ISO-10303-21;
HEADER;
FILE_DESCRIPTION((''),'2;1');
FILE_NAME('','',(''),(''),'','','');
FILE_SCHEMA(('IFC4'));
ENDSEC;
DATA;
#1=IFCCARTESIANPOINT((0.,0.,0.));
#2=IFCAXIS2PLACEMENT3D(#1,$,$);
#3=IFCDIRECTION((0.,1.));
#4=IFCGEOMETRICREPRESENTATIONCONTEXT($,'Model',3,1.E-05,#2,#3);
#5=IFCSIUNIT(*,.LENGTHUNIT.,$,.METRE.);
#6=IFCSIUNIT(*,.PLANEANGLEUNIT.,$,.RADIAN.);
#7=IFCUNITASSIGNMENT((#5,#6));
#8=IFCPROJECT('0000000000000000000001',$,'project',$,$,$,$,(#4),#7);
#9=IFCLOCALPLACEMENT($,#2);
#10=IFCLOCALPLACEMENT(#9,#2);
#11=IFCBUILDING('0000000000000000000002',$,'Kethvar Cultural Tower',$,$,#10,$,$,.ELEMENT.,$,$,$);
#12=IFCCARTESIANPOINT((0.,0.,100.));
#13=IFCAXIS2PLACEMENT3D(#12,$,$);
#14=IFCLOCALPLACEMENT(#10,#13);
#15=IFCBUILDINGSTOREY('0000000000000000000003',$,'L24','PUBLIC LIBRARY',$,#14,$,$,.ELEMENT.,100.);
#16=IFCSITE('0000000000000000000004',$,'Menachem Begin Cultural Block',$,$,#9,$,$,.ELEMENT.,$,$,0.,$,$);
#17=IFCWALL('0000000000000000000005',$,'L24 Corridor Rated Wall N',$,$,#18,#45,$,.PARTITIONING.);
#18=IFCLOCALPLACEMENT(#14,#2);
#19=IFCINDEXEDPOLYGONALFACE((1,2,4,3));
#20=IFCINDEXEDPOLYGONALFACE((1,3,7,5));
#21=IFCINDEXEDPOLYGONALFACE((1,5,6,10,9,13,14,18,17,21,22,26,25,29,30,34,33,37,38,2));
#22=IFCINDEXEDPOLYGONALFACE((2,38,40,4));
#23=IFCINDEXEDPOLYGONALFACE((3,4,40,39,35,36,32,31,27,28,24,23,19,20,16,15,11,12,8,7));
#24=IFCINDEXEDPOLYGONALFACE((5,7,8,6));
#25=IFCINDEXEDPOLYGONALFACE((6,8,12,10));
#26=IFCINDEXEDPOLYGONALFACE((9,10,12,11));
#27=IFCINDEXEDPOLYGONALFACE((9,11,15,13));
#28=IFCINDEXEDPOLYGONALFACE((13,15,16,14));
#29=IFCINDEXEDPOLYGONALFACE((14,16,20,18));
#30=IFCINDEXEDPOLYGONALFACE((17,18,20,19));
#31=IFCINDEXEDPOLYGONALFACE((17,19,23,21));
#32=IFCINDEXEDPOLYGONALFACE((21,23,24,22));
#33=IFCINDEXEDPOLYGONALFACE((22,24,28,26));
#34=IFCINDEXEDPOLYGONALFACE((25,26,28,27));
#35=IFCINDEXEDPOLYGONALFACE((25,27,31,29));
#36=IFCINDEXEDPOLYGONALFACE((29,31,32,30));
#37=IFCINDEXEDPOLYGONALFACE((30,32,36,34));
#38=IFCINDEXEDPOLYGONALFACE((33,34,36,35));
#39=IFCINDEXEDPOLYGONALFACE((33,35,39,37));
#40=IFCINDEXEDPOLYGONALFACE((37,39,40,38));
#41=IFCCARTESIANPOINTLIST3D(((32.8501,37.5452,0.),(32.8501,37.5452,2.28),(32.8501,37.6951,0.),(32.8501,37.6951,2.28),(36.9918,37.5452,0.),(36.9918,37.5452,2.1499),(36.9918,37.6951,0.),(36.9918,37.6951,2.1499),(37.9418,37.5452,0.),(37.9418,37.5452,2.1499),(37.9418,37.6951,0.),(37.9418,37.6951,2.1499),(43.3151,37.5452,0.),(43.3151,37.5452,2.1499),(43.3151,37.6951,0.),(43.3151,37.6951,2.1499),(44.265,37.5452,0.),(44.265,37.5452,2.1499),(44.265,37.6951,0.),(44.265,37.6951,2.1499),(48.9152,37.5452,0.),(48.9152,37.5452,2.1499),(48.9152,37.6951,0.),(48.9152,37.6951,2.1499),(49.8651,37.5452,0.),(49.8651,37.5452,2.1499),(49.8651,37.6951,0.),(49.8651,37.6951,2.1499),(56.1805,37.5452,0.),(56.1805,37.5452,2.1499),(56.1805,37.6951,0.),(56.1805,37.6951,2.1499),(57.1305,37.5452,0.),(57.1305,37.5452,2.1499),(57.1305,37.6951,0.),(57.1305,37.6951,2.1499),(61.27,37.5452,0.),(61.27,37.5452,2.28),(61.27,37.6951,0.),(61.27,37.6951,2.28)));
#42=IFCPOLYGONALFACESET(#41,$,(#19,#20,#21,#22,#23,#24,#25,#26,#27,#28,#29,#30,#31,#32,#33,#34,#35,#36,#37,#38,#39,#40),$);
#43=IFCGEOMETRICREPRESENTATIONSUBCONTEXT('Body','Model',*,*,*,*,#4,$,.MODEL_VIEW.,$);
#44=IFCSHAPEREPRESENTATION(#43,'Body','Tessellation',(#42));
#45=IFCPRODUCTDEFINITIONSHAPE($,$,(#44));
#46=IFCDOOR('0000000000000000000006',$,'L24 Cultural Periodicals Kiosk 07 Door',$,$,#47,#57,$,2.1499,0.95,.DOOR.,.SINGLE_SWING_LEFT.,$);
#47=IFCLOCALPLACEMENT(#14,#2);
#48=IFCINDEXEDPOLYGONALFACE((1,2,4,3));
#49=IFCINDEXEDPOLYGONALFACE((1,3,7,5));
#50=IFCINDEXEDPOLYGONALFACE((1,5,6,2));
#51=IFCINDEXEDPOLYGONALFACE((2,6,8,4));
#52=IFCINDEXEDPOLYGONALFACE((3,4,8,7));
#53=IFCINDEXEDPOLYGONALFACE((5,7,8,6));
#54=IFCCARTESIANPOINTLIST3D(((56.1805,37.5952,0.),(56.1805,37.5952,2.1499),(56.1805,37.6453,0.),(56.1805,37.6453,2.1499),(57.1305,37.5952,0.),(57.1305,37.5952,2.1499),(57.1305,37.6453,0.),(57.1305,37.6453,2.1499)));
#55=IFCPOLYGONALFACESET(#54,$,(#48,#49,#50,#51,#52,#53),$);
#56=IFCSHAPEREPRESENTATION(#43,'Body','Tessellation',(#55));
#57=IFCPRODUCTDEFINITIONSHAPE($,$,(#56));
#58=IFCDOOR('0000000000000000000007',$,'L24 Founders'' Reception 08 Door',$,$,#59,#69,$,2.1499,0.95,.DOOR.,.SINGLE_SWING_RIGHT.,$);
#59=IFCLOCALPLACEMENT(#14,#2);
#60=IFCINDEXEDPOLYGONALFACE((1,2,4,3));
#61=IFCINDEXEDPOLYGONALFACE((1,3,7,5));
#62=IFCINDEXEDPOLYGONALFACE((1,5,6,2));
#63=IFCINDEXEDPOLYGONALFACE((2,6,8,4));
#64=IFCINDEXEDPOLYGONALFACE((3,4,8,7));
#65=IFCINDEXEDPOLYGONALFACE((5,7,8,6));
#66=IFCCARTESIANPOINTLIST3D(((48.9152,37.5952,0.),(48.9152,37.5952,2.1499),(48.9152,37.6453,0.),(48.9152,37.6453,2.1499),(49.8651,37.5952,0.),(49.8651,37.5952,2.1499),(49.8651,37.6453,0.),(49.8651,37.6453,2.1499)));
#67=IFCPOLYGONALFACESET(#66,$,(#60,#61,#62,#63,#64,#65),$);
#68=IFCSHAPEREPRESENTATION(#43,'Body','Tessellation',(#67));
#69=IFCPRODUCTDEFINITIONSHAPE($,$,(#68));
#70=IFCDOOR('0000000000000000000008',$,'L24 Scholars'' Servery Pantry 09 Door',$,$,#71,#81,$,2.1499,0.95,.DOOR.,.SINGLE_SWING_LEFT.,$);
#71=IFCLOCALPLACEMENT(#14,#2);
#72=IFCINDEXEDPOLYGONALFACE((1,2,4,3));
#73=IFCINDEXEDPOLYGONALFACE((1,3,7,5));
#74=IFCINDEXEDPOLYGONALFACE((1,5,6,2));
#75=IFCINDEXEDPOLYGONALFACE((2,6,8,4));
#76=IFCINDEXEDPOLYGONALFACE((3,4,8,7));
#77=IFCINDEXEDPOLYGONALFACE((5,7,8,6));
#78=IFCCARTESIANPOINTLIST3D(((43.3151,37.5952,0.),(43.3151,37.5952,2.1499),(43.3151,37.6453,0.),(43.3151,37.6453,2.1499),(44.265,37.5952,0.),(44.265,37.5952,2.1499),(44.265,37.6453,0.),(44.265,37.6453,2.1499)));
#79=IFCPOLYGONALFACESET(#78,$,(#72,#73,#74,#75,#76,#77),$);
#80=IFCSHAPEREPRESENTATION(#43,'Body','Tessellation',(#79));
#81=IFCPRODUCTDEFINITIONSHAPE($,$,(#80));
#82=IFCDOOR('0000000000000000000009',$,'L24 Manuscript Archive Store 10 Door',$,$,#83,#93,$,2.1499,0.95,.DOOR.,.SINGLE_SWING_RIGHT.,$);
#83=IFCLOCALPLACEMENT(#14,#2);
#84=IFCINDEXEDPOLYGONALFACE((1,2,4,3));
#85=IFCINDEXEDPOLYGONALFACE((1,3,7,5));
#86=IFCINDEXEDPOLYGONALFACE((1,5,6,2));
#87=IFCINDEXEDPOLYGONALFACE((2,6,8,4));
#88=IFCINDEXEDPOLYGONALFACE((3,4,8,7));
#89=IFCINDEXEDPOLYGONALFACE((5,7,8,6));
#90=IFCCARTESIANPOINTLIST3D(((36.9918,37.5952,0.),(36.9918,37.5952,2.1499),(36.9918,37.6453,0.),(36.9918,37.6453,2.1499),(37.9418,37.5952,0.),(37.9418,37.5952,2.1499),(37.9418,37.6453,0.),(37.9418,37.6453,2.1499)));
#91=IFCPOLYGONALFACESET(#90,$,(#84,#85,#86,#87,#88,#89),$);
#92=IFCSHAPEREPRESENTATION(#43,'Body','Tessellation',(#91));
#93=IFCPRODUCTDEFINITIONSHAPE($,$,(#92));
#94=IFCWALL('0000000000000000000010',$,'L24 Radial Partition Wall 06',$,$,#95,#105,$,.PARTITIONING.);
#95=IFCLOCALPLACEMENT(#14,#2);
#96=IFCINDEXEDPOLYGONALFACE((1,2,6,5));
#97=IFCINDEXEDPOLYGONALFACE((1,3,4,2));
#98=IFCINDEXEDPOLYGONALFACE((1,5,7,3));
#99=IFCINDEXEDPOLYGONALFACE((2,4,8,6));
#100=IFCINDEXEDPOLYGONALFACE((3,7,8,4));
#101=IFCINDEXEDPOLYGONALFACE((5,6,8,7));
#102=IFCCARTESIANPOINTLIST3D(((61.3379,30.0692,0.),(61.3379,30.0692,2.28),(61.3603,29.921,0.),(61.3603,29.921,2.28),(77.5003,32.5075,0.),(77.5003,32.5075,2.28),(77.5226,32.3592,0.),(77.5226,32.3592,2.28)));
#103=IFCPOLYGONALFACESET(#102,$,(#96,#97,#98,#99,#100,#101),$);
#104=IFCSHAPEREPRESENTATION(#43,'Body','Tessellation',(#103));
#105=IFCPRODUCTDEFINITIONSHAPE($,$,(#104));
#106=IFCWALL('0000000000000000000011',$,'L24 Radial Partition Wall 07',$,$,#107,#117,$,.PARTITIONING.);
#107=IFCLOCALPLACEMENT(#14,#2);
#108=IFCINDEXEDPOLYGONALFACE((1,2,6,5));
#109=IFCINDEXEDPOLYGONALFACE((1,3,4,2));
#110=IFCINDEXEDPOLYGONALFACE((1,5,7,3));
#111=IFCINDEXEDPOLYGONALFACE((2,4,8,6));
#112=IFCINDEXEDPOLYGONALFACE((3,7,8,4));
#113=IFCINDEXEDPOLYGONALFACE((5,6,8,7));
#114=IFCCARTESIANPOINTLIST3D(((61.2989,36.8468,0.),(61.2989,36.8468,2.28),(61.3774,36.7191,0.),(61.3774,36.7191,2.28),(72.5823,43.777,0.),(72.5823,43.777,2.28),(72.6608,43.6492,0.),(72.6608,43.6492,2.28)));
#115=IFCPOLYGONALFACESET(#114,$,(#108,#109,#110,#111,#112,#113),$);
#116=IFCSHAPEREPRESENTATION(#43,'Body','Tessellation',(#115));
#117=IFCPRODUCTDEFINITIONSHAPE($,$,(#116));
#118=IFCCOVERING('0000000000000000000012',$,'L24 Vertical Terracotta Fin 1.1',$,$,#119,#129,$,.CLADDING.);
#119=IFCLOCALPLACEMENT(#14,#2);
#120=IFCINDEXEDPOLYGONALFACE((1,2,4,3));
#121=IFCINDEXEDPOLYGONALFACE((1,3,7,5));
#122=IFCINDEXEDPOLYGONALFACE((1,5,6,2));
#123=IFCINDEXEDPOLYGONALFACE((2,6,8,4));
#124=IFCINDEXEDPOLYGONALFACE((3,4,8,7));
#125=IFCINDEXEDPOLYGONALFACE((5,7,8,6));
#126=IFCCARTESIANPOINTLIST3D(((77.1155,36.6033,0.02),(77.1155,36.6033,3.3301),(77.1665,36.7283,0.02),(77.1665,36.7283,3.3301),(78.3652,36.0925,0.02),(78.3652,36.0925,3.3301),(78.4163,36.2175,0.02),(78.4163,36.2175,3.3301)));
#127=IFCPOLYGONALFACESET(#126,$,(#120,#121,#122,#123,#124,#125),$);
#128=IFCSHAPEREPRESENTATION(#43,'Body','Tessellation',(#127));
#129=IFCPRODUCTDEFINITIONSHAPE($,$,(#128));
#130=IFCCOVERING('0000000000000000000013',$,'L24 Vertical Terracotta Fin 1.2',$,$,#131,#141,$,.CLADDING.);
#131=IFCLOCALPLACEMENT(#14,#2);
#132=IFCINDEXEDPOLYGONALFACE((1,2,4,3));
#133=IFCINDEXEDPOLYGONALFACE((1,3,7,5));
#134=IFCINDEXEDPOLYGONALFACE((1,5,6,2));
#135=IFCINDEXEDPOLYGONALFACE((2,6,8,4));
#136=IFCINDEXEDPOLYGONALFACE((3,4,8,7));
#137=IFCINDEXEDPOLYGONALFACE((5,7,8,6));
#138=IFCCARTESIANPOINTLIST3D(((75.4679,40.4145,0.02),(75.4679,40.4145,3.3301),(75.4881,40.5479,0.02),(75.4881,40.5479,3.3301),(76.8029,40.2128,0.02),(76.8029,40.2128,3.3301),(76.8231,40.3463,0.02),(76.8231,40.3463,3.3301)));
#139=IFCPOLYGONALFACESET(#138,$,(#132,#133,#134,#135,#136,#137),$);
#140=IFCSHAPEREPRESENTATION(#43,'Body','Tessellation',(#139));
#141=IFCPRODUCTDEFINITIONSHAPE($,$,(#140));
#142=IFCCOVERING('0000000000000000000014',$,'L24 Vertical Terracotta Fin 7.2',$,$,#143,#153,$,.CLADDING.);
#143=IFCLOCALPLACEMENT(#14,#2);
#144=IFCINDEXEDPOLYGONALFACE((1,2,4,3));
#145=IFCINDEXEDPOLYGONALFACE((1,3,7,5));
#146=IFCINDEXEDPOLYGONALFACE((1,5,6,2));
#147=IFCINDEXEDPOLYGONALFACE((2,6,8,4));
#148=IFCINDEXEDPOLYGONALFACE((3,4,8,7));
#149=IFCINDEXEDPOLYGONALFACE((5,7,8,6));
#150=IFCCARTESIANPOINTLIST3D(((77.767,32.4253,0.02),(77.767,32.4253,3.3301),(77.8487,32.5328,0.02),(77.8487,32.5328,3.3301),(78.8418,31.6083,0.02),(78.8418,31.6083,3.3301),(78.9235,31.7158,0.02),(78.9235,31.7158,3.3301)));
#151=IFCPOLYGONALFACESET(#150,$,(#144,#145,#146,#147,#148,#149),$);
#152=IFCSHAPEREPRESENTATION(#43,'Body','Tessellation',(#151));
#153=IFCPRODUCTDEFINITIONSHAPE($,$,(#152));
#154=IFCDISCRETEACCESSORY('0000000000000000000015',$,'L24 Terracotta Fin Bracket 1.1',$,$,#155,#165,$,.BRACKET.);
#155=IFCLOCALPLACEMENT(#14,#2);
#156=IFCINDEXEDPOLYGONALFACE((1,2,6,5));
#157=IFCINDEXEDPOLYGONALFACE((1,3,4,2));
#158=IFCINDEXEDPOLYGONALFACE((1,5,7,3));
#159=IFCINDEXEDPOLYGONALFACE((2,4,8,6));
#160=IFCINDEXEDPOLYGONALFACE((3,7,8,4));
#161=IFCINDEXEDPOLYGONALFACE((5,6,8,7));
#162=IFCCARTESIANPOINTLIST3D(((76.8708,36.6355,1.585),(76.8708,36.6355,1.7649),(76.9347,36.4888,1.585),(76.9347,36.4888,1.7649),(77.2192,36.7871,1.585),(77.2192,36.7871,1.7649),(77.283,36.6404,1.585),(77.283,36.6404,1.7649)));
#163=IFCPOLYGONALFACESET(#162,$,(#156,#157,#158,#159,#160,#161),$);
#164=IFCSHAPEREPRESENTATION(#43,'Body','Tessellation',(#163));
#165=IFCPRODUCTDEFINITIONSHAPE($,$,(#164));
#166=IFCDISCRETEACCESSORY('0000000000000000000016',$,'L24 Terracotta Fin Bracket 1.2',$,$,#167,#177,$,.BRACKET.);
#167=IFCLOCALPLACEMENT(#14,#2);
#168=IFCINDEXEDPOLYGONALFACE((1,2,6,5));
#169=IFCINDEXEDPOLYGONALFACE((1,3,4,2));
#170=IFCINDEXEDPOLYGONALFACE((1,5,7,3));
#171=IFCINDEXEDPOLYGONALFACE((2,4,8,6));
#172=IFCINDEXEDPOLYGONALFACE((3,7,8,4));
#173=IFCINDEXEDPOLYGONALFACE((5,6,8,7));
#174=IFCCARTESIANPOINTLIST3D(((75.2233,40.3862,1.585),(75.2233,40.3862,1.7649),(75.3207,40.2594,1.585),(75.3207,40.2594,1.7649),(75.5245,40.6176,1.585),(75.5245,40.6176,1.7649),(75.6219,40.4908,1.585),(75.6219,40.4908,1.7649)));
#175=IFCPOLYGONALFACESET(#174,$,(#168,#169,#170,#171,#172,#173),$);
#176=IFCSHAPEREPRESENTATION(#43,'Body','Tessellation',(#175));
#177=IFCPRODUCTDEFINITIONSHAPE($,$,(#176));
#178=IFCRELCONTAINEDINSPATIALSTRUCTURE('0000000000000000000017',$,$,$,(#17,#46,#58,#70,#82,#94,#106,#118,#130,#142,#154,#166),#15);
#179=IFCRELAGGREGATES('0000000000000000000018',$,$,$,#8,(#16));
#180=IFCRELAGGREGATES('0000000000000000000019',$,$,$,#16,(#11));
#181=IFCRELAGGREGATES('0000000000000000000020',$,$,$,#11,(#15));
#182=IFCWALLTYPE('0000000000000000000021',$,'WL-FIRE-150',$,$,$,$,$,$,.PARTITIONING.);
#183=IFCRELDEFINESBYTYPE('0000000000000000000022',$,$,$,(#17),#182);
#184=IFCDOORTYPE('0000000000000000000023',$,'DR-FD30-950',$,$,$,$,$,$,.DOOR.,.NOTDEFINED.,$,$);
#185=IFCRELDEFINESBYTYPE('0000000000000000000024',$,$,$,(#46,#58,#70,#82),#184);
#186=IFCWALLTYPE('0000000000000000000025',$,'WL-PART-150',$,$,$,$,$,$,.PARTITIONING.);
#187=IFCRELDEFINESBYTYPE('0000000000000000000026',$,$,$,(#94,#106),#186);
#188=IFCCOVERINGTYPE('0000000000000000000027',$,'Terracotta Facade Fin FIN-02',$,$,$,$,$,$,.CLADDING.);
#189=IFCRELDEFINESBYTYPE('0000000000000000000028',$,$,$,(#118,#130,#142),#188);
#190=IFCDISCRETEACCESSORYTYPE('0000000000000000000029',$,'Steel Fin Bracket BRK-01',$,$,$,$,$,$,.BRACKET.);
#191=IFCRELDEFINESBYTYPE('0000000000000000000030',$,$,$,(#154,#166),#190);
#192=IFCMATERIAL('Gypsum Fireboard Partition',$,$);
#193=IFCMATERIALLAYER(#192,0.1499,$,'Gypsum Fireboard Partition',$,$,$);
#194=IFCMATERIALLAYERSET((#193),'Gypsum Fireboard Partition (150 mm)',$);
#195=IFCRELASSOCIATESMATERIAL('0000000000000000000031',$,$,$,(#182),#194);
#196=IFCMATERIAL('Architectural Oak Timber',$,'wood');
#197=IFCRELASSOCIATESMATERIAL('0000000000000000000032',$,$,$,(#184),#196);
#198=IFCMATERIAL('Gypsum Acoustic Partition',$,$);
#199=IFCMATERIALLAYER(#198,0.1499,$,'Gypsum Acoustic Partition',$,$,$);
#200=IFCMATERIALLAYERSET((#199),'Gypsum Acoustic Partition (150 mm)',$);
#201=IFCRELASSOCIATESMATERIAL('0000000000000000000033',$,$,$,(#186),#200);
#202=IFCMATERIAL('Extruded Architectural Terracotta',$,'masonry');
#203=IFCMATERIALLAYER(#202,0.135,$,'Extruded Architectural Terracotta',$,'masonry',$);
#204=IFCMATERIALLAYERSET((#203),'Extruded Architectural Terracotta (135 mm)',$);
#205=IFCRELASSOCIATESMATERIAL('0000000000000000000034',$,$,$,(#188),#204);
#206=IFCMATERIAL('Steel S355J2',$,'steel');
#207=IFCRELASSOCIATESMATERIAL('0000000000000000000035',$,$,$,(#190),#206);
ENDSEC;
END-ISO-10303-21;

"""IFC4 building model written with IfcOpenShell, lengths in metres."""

from ifc_helpers import new_model, si_unit, direction, frame, frame_2d, origin, origin_2d, place, context, subcontext, project, spatial, rectangle, extrude, source, transform, mapped, material, layer, layer_set, type_object, element, fill, save


model = new_model("IFC4")

# Units and contexts
model_context = context("Model", 3, precision=1e-05, world=origin(), true_north=direction((0.0, 1.0)))
body_context = subcontext(model_context, "Body", "Model", "MODEL_VIEW")
ifc_project = project(units=[si_unit("LENGTHUNIT", "METRE"), si_unit("PLANEANGLEUNIT", "RADIAN")], contexts=[model_context])

# Site, building, storey
site_placement = place(None, origin())
site = spatial("IfcSite", under=ifc_project, at=site_placement, Name="Menachem Begin Cultural Block", CompositionType="ELEMENT", RefElevation=0.0)
building_placement = place(site_placement, origin())
building = spatial("IfcBuilding", under=site, at=building_placement, Name="Kethvar Cultural Tower", CompositionType="ELEMENT")
storey_placement = place(building_placement, frame((0.0, 0.0, 100.0)))
storey = spatial("IfcBuildingStorey", under=building, at=storey_placement, Name="L24", Description="PUBLIC LIBRARY", CompositionType="ELEMENT", Elevation=100.0)

# Shared definitions
ifc_material_1 = material(Name="Steel S355J2", Category="steel")

# Wall, openings, doors
ifc_material_2 = material(Name="Gypsum Fireboard Partition")
ifc_layer_1 = layer(ifc_material_2, 0.1499, Name="Gypsum Fireboard Partition")
ifc_layer_set_1 = layer_set([ifc_layer_1], Name="Gypsum Fireboard Partition (150 mm)")
wall_type_1 = type_object("IfcWallType", Name="WL-FIRE-150", PredefinedType="PARTITIONING", material=ifc_layer_set_1)
wall_1_placement = place(storey_placement, frame((61.27, 37.6201, 0.0), z_axis=(0.0, 0.0, 1.0), x_axis=(-1.0, 0.0, 0.0)))
wall_1 = element("IfcWall", 1, at=wall_1_placement, inside=storey, type_object=wall_type_1, Name="L24 Corridor Rated Wall N", PredefinedType="PARTITIONING", context=body_context, shape_type="SweptSolid", body=[
    extrude(rectangle(XDim=28.4199, YDim=0.1499, at=frame_2d((14.21, 0.0))), origin(), (0.0, 0.0, 1.0), 2.28),
])
opening_1_placement = place(wall_1_placement, frame((4.1394, 0.0, 0.0)))
opening_1 = element("IfcOpeningElement", 2, at=opening_1_placement, cuts=wall_1, PredefinedType="OPENING", context=body_context, shape_type="SweptSolid", body=[
    extrude(rectangle(XDim=0.95, YDim=2.1499, at=frame_2d((0.4751, 1.075))), frame((0.0, 0.085, 0.0), z_axis=(0.0, -1.0, 0.0), x_axis=(1.0, 0.0, 0.0)), (0.0, 0.0, 1.0), 0.1699),
])
opening_2_placement = place(wall_1_placement, frame((11.4048, 0.0, 0.0)))
opening_2 = element("IfcOpeningElement", 3, at=opening_2_placement, cuts=wall_1, PredefinedType="OPENING", context=body_context, shape_type="SweptSolid", body=[
    extrude(rectangle(XDim=0.95, YDim=2.1499, at=frame_2d((0.4751, 1.075))), frame((0.0, 0.085, 0.0), z_axis=(0.0, -1.0, 0.0), x_axis=(1.0, 0.0, 0.0)), (0.0, 0.0, 1.0), 0.1699),
])
opening_3_placement = place(wall_1_placement, frame((17.0049, 0.0, 0.0)))
opening_3 = element("IfcOpeningElement", 4, at=opening_3_placement, cuts=wall_1, PredefinedType="OPENING", context=body_context, shape_type="SweptSolid", body=[
    extrude(rectangle(XDim=0.95, YDim=2.1499, at=frame_2d((0.4751, 1.075))), frame((0.0, 0.085, 0.0), z_axis=(0.0, -1.0, 0.0), x_axis=(1.0, 0.0, 0.0)), (0.0, 0.0, 1.0), 0.1699),
])
opening_4_placement = place(wall_1_placement, frame((23.3281, 0.0, 0.0)))
opening_4 = element("IfcOpeningElement", 5, at=opening_4_placement, cuts=wall_1, PredefinedType="OPENING", context=body_context, shape_type="SweptSolid", body=[
    extrude(rectangle(XDim=0.95, YDim=2.1499, at=frame_2d((0.4751, 1.075))), frame((0.0, 0.085, 0.0), z_axis=(0.0, -1.0, 0.0), x_axis=(1.0, 0.0, 0.0)), (0.0, 0.0, 1.0), 0.1699),
])
ifc_material_3 = material(Name="Architectural Oak Timber", Category="wood")
door_type = type_object("IfcDoorType", Name="DR-FD30-950", OperationType="NOTDEFINED", PredefinedType="DOOR", material=ifc_material_3)
shared_shape_1 = source(origin(), body_context, "Body", "SweptSolid", [
    extrude(rectangle(XDim=0.95, YDim=2.1499, at=frame_2d((0.4751, 1.075))), frame((0.0, 0.0249, 0.0), z_axis=(0.0, -1.0, 0.0), x_axis=(1.0, 0.0, 0.0)), (0.0, 0.0, 1.0), 0.05),
])
door_1_placement = place(opening_1_placement, origin())
door_1 = element("IfcDoor", 6, at=door_1_placement, inside=storey, type_object=door_type, Name="L24 Cultural Periodicals Kiosk 07 Door", OperationType="SINGLE_SWING_LEFT", OverallHeight=2.1499, OverallWidth=0.95, PredefinedType="DOOR", context=body_context, shape_type="MappedRepresentation", body=[
    mapped(shared_shape_1, transform((0.0, 0.0, 0.0), scale=1.0)),
])
fill(opening_1, door_1)
door_2_placement = place(opening_2_placement, origin())
door_2 = element("IfcDoor", 7, at=door_2_placement, inside=storey, type_object=door_type, Name="L24 Founders' Reception 08 Door", OperationType="SINGLE_SWING_RIGHT", OverallHeight=2.1499, OverallWidth=0.95, PredefinedType="DOOR", context=body_context, shape_type="MappedRepresentation", body=[
    mapped(shared_shape_1, transform((0.0, 0.0, 0.0), scale=1.0)),
])
fill(opening_2, door_2)
door_3_placement = place(opening_3_placement, origin())
door_3 = element("IfcDoor", 8, at=door_3_placement, inside=storey, type_object=door_type, Name="L24 Scholars' Servery Pantry 09 Door", OperationType="SINGLE_SWING_LEFT", OverallHeight=2.1499, OverallWidth=0.95, PredefinedType="DOOR", context=body_context, shape_type="MappedRepresentation", body=[
    mapped(shared_shape_1, transform((0.0, 0.0, 0.0), scale=1.0)),
])
fill(opening_3, door_3)
door_4_placement = place(opening_4_placement, origin())
door_4 = element("IfcDoor", 9, at=door_4_placement, inside=storey, type_object=door_type, Name="L24 Manuscript Archive Store 10 Door", OperationType="SINGLE_SWING_RIGHT", OverallHeight=2.1499, OverallWidth=0.95, PredefinedType="DOOR", context=body_context, shape_type="MappedRepresentation", body=[
    mapped(shared_shape_1, transform((0.0, 0.0, 0.0), scale=1.0)),
])
fill(opening_4, door_4)

# Walls
ifc_material_4 = material(Name="Gypsum Acoustic Partition")
ifc_layer_2 = layer(ifc_material_4, 0.1499, Name="Gypsum Acoustic Partition")
ifc_layer_set_2 = layer_set([ifc_layer_2], Name="Gypsum Acoustic Partition (150 mm)")
wall_type_2 = type_object("IfcWallType", Name="WL-PART-150", PredefinedType="PARTITIONING", material=ifc_layer_set_2)
wall_2_placement = place(storey_placement, frame((61.3491, 29.9951, 0.0), z_axis=(0.0, 0.0, 1.0), x_axis=(0.988811, 0.149171, 0.0)))
element("IfcWall", 10, at=wall_2_placement, inside=storey, type_object=wall_type_2, Name="L24 Radial Partition Wall 06", PredefinedType="PARTITIONING", context=body_context, shape_type="SweptSolid", body=[
    extrude(rectangle(XDim=16.3452, YDim=0.1499, at=frame_2d((8.1726, 0.0))), origin(), (0.0, 0.0, 1.0), 2.28),
])
wall_3_placement = place(storey_placement, frame((61.3381, 36.783, 0.0), z_axis=(0.0, 0.0, 1.0), x_axis=(0.852113, 0.523359, 0.0)))
element("IfcWall", 11, at=wall_3_placement, inside=storey, type_object=wall_type_2, Name="L24 Radial Partition Wall 07", PredefinedType="PARTITIONING", context=body_context, shape_type="SweptSolid", body=[
    extrude(rectangle(XDim=13.2417, YDim=0.1499, at=frame_2d((6.6208, 0.0))), origin(), (0.0, 0.0, 1.0), 2.28),
])

# Coverings
ifc_material_5 = material(Name="Extruded Architectural Terracotta", Category="masonry")
ifc_layer_3 = layer(ifc_material_5, 0.135, Name="Extruded Architectural Terracotta", Category="masonry")
ifc_layer_set_3 = layer_set([ifc_layer_3], Name="Extruded Architectural Terracotta (135 mm)")
covering_type = type_object("IfcCoveringType", Name="Terracotta Facade Fin FIN-02", PredefinedType="CLADDING", material=ifc_layer_set_3)
shared_shape_2 = source(origin(), body_context, "Body", "SweptSolid", [
    extrude(rectangle(XDim=1.3501, YDim=0.135, at=origin_2d()), origin(), (0.0, 0.0, 1.0), 3.3101),
])
for number, where, z_axis, x_axis, name in (
    (12, (77.7659, 36.4104, 0.02), (0.0, 0.0, 1.0), (0.925673, -0.378326, 0.0), "L24 Vertical Terracotta Fin 1.1"),
    (13, (76.1455, 40.3804, 0.02), (0.0, 0.0, 1.0), (0.988782, -0.149363, 0.0), "L24 Vertical Terracotta Fin 1.2"),
    (14, (78.3452, 32.0706, 0.02), (0.0, 0.0, 1.0), (0.796108, -0.605155, 0.0), "L24 Vertical Terracotta Fin 7.2"),
):
    element("IfcCovering", number, at=place(storey_placement, frame(where, z_axis=z_axis, x_axis=x_axis)), inside=storey, type_object=covering_type, Name=name, PredefinedType="CLADDING", context=body_context, shape_type="MappedRepresentation", body=[
        mapped(shared_shape_2, transform((0.0, 0.0, 0.0), scale=1.0)),
    ])

# Discrete accessories
discrete_accessory_type = type_object("IfcDiscreteAccessoryType", Name="Steel Fin Bracket BRK-01", PredefinedType="BRACKET", material=ifc_material_1)
shared_shape_3 = source(origin(), body_context, "Body", "SweptSolid", [
    extrude(rectangle(XDim=0.3799, YDim=0.1599, at=origin_2d()), origin(), (0.0, 0.0, 1.0), 0.1799),
])
for number, where, z_axis, x_axis, name in (
    (15, (77.0769, 36.6379, 1.585), (0.0, 0.0, 1.0), (0.916921, 0.399069, 0.0), "L24 Terracotta Fin Bracket 1.1"),
    (16, (75.4226, 40.4385, 1.585), (0.0, 0.0, 1.0), (0.793034, 0.609177, 0.0), "L24 Terracotta Fin Bracket 1.2"),
):
    element("IfcDiscreteAccessory", number, at=place(storey_placement, frame(where, z_axis=z_axis, x_axis=x_axis)), inside=storey, type_object=discrete_accessory_type, Name=name, PredefinedType="BRACKET", context=body_context, shape_type="MappedRepresentation", body=[
        mapped(shared_shape_3, transform((0.0, 0.0, 0.0), scale=1.0)),
    ])

save(model, "model.ifc")
